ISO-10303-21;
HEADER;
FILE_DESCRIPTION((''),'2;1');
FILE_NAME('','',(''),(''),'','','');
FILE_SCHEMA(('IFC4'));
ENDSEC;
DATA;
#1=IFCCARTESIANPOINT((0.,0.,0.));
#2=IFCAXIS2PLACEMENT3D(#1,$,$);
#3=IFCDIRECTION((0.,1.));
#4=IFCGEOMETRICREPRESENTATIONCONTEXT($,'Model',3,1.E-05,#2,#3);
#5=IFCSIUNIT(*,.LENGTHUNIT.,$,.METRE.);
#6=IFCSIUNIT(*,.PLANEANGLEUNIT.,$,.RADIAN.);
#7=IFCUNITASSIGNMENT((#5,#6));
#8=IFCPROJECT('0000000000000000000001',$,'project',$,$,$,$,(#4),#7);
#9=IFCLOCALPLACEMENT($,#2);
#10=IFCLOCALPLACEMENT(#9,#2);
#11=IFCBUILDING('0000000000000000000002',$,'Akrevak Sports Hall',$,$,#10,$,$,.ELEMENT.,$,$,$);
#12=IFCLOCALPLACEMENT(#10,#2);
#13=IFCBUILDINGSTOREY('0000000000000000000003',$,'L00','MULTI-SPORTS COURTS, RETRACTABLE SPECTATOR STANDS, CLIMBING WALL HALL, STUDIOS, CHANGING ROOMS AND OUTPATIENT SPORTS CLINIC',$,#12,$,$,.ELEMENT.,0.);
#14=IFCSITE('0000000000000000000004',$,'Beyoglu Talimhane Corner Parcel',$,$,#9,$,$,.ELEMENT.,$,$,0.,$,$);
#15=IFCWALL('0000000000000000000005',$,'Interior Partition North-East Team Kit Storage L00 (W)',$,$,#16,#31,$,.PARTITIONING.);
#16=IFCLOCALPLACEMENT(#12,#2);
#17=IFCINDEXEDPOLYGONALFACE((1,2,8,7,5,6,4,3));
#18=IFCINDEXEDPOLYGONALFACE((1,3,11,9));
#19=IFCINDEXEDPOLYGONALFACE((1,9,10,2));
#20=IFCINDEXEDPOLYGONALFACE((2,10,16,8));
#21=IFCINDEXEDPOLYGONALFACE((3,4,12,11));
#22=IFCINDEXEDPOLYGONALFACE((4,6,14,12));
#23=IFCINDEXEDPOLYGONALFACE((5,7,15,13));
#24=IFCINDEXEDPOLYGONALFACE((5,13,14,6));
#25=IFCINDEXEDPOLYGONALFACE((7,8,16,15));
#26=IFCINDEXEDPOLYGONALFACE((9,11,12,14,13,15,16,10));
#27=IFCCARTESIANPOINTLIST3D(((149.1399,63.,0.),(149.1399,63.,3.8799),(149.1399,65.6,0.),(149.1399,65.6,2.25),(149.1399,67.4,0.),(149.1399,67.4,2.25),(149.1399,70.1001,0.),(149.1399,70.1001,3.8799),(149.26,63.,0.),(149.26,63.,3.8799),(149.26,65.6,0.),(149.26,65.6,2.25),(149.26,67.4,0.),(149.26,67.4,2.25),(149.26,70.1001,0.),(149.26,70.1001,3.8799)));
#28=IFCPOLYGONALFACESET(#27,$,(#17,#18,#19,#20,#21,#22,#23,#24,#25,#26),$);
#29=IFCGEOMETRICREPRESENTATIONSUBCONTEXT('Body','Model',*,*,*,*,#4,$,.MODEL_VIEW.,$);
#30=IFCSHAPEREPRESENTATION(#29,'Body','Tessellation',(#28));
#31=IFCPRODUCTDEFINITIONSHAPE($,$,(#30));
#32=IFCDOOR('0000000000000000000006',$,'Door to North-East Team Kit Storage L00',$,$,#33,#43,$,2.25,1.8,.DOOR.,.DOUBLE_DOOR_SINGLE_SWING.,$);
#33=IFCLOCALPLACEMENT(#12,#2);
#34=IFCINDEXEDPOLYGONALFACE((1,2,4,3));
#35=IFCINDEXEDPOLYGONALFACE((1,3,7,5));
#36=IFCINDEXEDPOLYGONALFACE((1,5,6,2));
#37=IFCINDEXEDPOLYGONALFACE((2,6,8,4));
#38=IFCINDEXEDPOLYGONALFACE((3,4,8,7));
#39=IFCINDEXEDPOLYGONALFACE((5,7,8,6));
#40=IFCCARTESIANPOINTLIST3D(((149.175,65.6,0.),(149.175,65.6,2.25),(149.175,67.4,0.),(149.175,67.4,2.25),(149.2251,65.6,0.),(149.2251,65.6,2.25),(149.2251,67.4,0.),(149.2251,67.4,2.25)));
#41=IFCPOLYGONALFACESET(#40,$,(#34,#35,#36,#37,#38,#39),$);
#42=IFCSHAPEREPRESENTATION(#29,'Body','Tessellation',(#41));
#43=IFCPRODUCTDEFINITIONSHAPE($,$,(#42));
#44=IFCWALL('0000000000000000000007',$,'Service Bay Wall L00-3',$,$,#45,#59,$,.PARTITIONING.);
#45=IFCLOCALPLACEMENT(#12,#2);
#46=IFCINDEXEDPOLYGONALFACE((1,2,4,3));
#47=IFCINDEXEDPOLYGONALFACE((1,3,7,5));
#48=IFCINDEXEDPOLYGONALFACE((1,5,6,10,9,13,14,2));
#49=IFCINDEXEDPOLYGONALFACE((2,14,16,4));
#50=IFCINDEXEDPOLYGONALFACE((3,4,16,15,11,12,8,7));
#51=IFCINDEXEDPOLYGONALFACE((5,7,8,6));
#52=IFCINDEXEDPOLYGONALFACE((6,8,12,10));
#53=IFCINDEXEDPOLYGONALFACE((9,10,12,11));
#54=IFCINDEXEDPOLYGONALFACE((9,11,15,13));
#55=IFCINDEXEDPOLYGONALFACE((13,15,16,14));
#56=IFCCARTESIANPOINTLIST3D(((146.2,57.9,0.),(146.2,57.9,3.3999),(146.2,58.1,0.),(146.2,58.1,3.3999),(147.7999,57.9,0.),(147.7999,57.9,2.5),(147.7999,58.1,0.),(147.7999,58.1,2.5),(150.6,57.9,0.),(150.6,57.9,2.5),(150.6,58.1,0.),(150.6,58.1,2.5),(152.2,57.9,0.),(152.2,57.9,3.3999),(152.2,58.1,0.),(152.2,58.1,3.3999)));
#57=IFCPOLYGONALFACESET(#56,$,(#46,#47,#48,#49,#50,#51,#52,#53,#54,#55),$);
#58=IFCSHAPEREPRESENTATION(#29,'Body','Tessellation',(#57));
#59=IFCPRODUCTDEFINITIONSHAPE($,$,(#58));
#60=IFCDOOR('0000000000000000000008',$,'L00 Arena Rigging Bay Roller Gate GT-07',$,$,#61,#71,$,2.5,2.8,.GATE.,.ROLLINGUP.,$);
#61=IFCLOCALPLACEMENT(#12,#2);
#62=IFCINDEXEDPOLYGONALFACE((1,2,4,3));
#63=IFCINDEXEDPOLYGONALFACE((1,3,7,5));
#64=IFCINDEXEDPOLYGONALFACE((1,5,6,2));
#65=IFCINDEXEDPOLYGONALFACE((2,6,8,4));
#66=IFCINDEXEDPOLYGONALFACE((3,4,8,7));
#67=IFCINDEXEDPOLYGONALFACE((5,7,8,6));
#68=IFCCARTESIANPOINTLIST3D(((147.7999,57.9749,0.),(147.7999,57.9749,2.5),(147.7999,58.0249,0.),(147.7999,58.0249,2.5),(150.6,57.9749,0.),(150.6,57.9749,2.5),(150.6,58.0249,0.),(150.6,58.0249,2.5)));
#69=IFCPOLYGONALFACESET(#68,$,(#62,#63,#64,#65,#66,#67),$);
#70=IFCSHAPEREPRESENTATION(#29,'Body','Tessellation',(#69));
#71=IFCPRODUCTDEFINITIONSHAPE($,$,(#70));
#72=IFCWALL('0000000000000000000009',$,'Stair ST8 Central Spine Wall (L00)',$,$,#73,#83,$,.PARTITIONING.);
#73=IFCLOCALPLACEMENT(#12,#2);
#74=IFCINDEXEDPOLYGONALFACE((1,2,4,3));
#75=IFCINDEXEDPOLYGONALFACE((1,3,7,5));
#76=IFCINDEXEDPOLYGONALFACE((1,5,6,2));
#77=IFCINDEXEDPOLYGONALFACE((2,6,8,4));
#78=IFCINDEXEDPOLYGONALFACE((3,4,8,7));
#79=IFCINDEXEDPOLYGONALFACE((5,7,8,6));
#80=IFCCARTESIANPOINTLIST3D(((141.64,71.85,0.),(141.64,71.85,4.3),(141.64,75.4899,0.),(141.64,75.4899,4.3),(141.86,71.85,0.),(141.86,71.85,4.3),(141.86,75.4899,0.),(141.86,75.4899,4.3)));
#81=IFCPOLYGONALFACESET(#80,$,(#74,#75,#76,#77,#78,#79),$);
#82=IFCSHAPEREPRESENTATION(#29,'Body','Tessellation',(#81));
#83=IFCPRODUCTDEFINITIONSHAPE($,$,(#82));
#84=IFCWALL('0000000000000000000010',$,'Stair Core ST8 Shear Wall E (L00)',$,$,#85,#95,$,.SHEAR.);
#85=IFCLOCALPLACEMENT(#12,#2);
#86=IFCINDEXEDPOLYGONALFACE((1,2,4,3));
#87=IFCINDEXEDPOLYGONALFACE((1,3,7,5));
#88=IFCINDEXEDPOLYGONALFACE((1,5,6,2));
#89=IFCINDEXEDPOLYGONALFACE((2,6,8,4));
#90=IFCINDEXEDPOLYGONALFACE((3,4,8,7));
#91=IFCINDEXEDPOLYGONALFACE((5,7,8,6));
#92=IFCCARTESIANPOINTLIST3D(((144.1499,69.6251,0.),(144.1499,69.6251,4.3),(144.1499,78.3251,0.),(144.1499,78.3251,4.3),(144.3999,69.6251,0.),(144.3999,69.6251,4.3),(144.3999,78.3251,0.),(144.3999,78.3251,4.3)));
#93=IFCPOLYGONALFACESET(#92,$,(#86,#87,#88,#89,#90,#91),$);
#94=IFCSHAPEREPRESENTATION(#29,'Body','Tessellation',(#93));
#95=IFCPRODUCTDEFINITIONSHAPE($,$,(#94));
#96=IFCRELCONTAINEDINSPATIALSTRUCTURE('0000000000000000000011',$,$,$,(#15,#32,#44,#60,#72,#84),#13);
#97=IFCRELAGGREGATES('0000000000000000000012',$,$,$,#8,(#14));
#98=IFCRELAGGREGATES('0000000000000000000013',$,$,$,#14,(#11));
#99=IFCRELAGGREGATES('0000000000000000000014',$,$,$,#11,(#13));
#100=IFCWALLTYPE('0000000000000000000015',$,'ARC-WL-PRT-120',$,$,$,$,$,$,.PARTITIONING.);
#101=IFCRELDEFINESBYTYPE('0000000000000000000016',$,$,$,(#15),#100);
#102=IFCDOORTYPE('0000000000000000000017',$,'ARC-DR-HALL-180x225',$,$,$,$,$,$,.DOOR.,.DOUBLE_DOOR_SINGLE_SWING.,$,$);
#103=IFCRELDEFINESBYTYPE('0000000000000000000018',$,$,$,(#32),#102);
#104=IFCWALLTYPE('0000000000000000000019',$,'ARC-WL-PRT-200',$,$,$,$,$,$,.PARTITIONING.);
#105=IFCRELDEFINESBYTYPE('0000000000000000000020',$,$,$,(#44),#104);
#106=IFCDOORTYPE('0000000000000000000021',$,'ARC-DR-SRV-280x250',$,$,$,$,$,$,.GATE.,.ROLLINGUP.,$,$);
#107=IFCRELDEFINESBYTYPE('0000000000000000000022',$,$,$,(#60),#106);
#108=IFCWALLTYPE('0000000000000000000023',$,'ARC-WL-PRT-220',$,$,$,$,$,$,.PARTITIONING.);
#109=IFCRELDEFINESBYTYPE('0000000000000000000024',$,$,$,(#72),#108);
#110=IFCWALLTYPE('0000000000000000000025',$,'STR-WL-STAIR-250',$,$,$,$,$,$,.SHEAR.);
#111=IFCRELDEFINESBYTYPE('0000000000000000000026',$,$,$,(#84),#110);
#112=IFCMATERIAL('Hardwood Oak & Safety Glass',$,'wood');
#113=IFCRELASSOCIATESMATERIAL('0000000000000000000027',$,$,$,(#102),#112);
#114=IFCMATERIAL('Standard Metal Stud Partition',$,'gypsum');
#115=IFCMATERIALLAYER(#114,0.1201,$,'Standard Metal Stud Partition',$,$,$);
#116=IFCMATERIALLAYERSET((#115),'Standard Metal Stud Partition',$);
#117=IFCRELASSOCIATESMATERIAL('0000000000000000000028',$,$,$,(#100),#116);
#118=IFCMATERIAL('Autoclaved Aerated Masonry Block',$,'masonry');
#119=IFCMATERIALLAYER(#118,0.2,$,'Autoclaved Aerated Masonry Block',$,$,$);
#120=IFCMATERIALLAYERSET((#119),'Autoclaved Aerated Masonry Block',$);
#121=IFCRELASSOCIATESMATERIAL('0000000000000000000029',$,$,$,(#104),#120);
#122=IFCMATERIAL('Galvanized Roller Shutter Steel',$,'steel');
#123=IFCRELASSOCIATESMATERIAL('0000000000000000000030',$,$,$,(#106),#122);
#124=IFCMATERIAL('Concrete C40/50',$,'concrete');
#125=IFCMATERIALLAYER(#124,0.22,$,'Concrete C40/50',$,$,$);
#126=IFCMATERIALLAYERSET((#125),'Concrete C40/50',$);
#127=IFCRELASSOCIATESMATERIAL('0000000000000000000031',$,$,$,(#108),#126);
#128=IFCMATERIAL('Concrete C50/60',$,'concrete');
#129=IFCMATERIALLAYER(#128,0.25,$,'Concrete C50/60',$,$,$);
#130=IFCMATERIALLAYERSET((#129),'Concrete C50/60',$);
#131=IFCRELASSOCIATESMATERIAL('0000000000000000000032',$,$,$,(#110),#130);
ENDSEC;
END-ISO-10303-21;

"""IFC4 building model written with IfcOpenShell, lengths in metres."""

from ifc_helpers import new_model, si_unit, direction, frame, frame_2d, origin, place, context, subcontext, project, spatial, rectangle, extrude, material, layer, layer_set, type_object, element, fill, save


model = new_model("IFC4")

# Units and contexts
model_context = context("Model", 3, precision=1e-05, world=origin(), true_north=direction((0.0, 1.0)))
body_context = subcontext(model_context, "Body", "Model", "MODEL_VIEW")
ifc_project = project(units=[si_unit("LENGTHUNIT", "METRE"), si_unit("PLANEANGLEUNIT", "RADIAN")], contexts=[model_context])

# Site, building, storey
site_placement = place(None, origin())
site = spatial("IfcSite", under=ifc_project, at=site_placement, Name="Beyoglu Talimhane Corner Parcel", CompositionType="ELEMENT", RefElevation=0.0)
building_placement = place(site_placement, origin())
building = spatial("IfcBuilding", under=site, at=building_placement, Name="Akrevak Sports Hall", CompositionType="ELEMENT")
storey_placement = place(building_placement, origin())
storey = spatial("IfcBuildingStorey", under=building, at=storey_placement, Name="L00", Description="MULTI-SPORTS COURTS, RETRACTABLE SPECTATOR STANDS, CLIMBING WALL HALL, STUDIOS, CHANGING ROOMS AND OUTPATIENT SPORTS CLINIC", CompositionType="ELEMENT", Elevation=0.0)

# Shared definitions
ifc_material_1 = material(Name="Concrete C40/50", Category="concrete")

# Shared definitions
ifc_material_2 = material(Name="Concrete C50/60", Category="concrete")

# Shared definitions
ifc_material_3 = material(Name="Hardwood Oak & Safety Glass", Category="wood")
door_type_1 = type_object("IfcDoorType", Name="ARC-DR-HALL-180x225", OperationType="DOUBLE_DOOR_SINGLE_SWING", PredefinedType="DOOR", material=ifc_material_3)

# Shared definitions
ifc_material_4 = material(Name="Standard Metal Stud Partition", Category="gypsum")
ifc_layer_1 = layer(ifc_material_4, 0.1201, Name="Standard Metal Stud Partition")
ifc_layer_set_1 = layer_set([ifc_layer_1], Name="Standard Metal Stud Partition")
wall_type_1 = type_object("IfcWallType", Name="ARC-WL-PRT-120", PredefinedType="PARTITIONING", material=ifc_layer_set_1)

# Walls, openings, doors
wall_1_placement = place(storey_placement, frame((149.2, 63.0, 0.0), z_axis=(0.0, 0.0, 1.0), x_axis=(0.0, 1.0, 0.0)))
wall_1 = element("IfcWall", 1, at=wall_1_placement, inside=storey, type_object=wall_type_1, Name="Interior Partition North-East Team Kit Storage L00 (W)", PredefinedType="PARTITIONING", context=body_context, shape_type="SweptSolid", body=[
    extrude(rectangle(XDim=7.1001, YDim=0.1201, at=frame_2d((3.55, 0.0))), origin(), (0.0, 0.0, 1.0), 3.8799),
])
opening_1_placement = place(wall_1_placement, frame((2.6001, 0.0, 0.0)))
opening_1 = element("IfcOpeningElement", 2, at=opening_1_placement, cuts=wall_1, PredefinedType="OPENING", context=body_context, shape_type="SweptSolid", body=[
    extrude(rectangle(XDim=1.8, YDim=2.25, at=frame_2d((0.8999, 1.125))), frame((0.0, 0.072, 0.0), z_axis=(0.0, -1.0, 0.0), x_axis=(1.0, 0.0, 0.0)), (0.0, 0.0, 1.0), 0.144),
])
door_1_placement = place(opening_1_placement, origin())
door_1 = element("IfcDoor", 3, at=door_1_placement, inside=storey, type_object=door_type_1, Name="Door to North-East Team Kit Storage L00", OperationType="DOUBLE_DOOR_SINGLE_SWING", OverallHeight=2.25, OverallWidth=1.8, PredefinedType="DOOR", context=body_context, shape_type="SweptSolid", body=[
    extrude(rectangle(XDim=1.8, YDim=2.25, at=frame_2d((0.8999, 1.125))), frame((0.0, 0.0249, 0.0), z_axis=(0.0, -1.0, 0.0), x_axis=(1.0, 0.0, 0.0)), (0.0, 0.0, 1.0), 0.05),
])
fill(opening_1, door_1)
ifc_material_5 = material(Name="Autoclaved Aerated Masonry Block", Category="masonry")
ifc_layer_2 = layer(ifc_material_5, 0.2, Name="Autoclaved Aerated Masonry Block")
ifc_layer_set_2 = layer_set([ifc_layer_2], Name="Autoclaved Aerated Masonry Block")
wall_type_2 = type_object("IfcWallType", Name="ARC-WL-PRT-200", PredefinedType="PARTITIONING", material=ifc_layer_set_2)
wall_2_placement = place(storey_placement, frame((146.2, 58.0, 0.0), z_axis=(0.0, 0.0, 1.0), x_axis=(1.0, 0.0, 0.0)))
wall_2 = element("IfcWall", 4, at=wall_2_placement, inside=storey, type_object=wall_type_2, Name="Service Bay Wall L00-3", PredefinedType="PARTITIONING", context=body_context, shape_type="SweptSolid", body=[
    extrude(rectangle(XDim=6.0, YDim=0.2, at=frame_2d((3.0, 0.0))), origin(), (0.0, 0.0, 1.0), 3.3999),
])
opening_2_placement = place(wall_2_placement, frame((1.6001, 0.0, 0.0)))
opening_2 = element("IfcOpeningElement", 5, at=opening_2_placement, cuts=wall_2, PredefinedType="OPENING", context=body_context, shape_type="SweptSolid", body=[
    extrude(rectangle(XDim=2.8, YDim=2.5, at=frame_2d((1.3999, 1.25))), frame((0.0, 0.1118, 0.0), z_axis=(0.0, -1.0, 0.0), x_axis=(1.0, 0.0, 0.0)), (0.0, 0.0, 1.0), 0.2239),
])
ifc_material_6 = material(Name="Galvanized Roller Shutter Steel", Category="steel")
door_type_2 = type_object("IfcDoorType", Name="ARC-DR-SRV-280x250", OperationType="ROLLINGUP", PredefinedType="GATE", material=ifc_material_6)
door_2_placement = place(opening_2_placement, origin())
door_2 = element("IfcDoor", 6, at=door_2_placement, inside=storey, type_object=door_type_2, Name="L00 Arena Rigging Bay Roller Gate GT-07", OperationType="ROLLINGUP", OverallHeight=2.5, OverallWidth=2.8, PredefinedType="GATE", context=body_context, shape_type="SweptSolid", body=[
    extrude(rectangle(XDim=2.8, YDim=2.5, at=frame_2d((1.3999, 1.25))), frame((0.0, 0.0249, 0.0), z_axis=(0.0, -1.0, 0.0), x_axis=(1.0, 0.0, 0.0)), (0.0, 0.0, 1.0), 0.05),
])
fill(opening_2, door_2)

# Walls
ifc_layer_3 = layer(ifc_material_1, 0.22, Name="Concrete C40/50")
ifc_layer_set_3 = layer_set([ifc_layer_3], Name="Concrete C40/50")
wall_type_3 = type_object("IfcWallType", Name="ARC-WL-PRT-220", PredefinedType="PARTITIONING", material=ifc_layer_set_3)
wall_3_placement = place(storey_placement, frame((141.75, 71.8501, 0.0), z_axis=(0.0, 0.0, 1.0), x_axis=(0.0, 1.0, 0.0)))
element("IfcWall", 7, at=wall_3_placement, inside=storey, type_object=wall_type_3, Name="Stair ST8 Central Spine Wall (L00)", PredefinedType="PARTITIONING", context=body_context, shape_type="SweptSolid", body=[
    extrude(rectangle(XDim=3.6399, YDim=0.22, at=frame_2d((1.8198, 0.0))), origin(), (0.0, 0.0, 1.0), 4.3),
])
ifc_layer_4 = layer(ifc_material_2, 0.25, Name="Concrete C50/60")
ifc_layer_set_4 = layer_set([ifc_layer_4], Name="Concrete C50/60")
wall_type_4 = type_object("IfcWallType", Name="STR-WL-STAIR-250", PredefinedType="SHEAR", material=ifc_layer_set_4)
wall_4_placement = place(storey_placement, frame((144.2749, 69.625, 0.0), z_axis=(0.0, 0.0, 1.0), x_axis=(0.0, 1.0, 0.0)))
element("IfcWall", 8, at=wall_4_placement, inside=storey, type_object=wall_type_4, Name="Stair Core ST8 Shear Wall E (L00)", PredefinedType="SHEAR", context=body_context, shape_type="SweptSolid", body=[
    extrude(rectangle(XDim=8.7, YDim=0.25, at=frame_2d((4.3501, 0.0))), origin(), (0.0, 0.0, 1.0), 4.3),
])

save(model, "model.ifc")
